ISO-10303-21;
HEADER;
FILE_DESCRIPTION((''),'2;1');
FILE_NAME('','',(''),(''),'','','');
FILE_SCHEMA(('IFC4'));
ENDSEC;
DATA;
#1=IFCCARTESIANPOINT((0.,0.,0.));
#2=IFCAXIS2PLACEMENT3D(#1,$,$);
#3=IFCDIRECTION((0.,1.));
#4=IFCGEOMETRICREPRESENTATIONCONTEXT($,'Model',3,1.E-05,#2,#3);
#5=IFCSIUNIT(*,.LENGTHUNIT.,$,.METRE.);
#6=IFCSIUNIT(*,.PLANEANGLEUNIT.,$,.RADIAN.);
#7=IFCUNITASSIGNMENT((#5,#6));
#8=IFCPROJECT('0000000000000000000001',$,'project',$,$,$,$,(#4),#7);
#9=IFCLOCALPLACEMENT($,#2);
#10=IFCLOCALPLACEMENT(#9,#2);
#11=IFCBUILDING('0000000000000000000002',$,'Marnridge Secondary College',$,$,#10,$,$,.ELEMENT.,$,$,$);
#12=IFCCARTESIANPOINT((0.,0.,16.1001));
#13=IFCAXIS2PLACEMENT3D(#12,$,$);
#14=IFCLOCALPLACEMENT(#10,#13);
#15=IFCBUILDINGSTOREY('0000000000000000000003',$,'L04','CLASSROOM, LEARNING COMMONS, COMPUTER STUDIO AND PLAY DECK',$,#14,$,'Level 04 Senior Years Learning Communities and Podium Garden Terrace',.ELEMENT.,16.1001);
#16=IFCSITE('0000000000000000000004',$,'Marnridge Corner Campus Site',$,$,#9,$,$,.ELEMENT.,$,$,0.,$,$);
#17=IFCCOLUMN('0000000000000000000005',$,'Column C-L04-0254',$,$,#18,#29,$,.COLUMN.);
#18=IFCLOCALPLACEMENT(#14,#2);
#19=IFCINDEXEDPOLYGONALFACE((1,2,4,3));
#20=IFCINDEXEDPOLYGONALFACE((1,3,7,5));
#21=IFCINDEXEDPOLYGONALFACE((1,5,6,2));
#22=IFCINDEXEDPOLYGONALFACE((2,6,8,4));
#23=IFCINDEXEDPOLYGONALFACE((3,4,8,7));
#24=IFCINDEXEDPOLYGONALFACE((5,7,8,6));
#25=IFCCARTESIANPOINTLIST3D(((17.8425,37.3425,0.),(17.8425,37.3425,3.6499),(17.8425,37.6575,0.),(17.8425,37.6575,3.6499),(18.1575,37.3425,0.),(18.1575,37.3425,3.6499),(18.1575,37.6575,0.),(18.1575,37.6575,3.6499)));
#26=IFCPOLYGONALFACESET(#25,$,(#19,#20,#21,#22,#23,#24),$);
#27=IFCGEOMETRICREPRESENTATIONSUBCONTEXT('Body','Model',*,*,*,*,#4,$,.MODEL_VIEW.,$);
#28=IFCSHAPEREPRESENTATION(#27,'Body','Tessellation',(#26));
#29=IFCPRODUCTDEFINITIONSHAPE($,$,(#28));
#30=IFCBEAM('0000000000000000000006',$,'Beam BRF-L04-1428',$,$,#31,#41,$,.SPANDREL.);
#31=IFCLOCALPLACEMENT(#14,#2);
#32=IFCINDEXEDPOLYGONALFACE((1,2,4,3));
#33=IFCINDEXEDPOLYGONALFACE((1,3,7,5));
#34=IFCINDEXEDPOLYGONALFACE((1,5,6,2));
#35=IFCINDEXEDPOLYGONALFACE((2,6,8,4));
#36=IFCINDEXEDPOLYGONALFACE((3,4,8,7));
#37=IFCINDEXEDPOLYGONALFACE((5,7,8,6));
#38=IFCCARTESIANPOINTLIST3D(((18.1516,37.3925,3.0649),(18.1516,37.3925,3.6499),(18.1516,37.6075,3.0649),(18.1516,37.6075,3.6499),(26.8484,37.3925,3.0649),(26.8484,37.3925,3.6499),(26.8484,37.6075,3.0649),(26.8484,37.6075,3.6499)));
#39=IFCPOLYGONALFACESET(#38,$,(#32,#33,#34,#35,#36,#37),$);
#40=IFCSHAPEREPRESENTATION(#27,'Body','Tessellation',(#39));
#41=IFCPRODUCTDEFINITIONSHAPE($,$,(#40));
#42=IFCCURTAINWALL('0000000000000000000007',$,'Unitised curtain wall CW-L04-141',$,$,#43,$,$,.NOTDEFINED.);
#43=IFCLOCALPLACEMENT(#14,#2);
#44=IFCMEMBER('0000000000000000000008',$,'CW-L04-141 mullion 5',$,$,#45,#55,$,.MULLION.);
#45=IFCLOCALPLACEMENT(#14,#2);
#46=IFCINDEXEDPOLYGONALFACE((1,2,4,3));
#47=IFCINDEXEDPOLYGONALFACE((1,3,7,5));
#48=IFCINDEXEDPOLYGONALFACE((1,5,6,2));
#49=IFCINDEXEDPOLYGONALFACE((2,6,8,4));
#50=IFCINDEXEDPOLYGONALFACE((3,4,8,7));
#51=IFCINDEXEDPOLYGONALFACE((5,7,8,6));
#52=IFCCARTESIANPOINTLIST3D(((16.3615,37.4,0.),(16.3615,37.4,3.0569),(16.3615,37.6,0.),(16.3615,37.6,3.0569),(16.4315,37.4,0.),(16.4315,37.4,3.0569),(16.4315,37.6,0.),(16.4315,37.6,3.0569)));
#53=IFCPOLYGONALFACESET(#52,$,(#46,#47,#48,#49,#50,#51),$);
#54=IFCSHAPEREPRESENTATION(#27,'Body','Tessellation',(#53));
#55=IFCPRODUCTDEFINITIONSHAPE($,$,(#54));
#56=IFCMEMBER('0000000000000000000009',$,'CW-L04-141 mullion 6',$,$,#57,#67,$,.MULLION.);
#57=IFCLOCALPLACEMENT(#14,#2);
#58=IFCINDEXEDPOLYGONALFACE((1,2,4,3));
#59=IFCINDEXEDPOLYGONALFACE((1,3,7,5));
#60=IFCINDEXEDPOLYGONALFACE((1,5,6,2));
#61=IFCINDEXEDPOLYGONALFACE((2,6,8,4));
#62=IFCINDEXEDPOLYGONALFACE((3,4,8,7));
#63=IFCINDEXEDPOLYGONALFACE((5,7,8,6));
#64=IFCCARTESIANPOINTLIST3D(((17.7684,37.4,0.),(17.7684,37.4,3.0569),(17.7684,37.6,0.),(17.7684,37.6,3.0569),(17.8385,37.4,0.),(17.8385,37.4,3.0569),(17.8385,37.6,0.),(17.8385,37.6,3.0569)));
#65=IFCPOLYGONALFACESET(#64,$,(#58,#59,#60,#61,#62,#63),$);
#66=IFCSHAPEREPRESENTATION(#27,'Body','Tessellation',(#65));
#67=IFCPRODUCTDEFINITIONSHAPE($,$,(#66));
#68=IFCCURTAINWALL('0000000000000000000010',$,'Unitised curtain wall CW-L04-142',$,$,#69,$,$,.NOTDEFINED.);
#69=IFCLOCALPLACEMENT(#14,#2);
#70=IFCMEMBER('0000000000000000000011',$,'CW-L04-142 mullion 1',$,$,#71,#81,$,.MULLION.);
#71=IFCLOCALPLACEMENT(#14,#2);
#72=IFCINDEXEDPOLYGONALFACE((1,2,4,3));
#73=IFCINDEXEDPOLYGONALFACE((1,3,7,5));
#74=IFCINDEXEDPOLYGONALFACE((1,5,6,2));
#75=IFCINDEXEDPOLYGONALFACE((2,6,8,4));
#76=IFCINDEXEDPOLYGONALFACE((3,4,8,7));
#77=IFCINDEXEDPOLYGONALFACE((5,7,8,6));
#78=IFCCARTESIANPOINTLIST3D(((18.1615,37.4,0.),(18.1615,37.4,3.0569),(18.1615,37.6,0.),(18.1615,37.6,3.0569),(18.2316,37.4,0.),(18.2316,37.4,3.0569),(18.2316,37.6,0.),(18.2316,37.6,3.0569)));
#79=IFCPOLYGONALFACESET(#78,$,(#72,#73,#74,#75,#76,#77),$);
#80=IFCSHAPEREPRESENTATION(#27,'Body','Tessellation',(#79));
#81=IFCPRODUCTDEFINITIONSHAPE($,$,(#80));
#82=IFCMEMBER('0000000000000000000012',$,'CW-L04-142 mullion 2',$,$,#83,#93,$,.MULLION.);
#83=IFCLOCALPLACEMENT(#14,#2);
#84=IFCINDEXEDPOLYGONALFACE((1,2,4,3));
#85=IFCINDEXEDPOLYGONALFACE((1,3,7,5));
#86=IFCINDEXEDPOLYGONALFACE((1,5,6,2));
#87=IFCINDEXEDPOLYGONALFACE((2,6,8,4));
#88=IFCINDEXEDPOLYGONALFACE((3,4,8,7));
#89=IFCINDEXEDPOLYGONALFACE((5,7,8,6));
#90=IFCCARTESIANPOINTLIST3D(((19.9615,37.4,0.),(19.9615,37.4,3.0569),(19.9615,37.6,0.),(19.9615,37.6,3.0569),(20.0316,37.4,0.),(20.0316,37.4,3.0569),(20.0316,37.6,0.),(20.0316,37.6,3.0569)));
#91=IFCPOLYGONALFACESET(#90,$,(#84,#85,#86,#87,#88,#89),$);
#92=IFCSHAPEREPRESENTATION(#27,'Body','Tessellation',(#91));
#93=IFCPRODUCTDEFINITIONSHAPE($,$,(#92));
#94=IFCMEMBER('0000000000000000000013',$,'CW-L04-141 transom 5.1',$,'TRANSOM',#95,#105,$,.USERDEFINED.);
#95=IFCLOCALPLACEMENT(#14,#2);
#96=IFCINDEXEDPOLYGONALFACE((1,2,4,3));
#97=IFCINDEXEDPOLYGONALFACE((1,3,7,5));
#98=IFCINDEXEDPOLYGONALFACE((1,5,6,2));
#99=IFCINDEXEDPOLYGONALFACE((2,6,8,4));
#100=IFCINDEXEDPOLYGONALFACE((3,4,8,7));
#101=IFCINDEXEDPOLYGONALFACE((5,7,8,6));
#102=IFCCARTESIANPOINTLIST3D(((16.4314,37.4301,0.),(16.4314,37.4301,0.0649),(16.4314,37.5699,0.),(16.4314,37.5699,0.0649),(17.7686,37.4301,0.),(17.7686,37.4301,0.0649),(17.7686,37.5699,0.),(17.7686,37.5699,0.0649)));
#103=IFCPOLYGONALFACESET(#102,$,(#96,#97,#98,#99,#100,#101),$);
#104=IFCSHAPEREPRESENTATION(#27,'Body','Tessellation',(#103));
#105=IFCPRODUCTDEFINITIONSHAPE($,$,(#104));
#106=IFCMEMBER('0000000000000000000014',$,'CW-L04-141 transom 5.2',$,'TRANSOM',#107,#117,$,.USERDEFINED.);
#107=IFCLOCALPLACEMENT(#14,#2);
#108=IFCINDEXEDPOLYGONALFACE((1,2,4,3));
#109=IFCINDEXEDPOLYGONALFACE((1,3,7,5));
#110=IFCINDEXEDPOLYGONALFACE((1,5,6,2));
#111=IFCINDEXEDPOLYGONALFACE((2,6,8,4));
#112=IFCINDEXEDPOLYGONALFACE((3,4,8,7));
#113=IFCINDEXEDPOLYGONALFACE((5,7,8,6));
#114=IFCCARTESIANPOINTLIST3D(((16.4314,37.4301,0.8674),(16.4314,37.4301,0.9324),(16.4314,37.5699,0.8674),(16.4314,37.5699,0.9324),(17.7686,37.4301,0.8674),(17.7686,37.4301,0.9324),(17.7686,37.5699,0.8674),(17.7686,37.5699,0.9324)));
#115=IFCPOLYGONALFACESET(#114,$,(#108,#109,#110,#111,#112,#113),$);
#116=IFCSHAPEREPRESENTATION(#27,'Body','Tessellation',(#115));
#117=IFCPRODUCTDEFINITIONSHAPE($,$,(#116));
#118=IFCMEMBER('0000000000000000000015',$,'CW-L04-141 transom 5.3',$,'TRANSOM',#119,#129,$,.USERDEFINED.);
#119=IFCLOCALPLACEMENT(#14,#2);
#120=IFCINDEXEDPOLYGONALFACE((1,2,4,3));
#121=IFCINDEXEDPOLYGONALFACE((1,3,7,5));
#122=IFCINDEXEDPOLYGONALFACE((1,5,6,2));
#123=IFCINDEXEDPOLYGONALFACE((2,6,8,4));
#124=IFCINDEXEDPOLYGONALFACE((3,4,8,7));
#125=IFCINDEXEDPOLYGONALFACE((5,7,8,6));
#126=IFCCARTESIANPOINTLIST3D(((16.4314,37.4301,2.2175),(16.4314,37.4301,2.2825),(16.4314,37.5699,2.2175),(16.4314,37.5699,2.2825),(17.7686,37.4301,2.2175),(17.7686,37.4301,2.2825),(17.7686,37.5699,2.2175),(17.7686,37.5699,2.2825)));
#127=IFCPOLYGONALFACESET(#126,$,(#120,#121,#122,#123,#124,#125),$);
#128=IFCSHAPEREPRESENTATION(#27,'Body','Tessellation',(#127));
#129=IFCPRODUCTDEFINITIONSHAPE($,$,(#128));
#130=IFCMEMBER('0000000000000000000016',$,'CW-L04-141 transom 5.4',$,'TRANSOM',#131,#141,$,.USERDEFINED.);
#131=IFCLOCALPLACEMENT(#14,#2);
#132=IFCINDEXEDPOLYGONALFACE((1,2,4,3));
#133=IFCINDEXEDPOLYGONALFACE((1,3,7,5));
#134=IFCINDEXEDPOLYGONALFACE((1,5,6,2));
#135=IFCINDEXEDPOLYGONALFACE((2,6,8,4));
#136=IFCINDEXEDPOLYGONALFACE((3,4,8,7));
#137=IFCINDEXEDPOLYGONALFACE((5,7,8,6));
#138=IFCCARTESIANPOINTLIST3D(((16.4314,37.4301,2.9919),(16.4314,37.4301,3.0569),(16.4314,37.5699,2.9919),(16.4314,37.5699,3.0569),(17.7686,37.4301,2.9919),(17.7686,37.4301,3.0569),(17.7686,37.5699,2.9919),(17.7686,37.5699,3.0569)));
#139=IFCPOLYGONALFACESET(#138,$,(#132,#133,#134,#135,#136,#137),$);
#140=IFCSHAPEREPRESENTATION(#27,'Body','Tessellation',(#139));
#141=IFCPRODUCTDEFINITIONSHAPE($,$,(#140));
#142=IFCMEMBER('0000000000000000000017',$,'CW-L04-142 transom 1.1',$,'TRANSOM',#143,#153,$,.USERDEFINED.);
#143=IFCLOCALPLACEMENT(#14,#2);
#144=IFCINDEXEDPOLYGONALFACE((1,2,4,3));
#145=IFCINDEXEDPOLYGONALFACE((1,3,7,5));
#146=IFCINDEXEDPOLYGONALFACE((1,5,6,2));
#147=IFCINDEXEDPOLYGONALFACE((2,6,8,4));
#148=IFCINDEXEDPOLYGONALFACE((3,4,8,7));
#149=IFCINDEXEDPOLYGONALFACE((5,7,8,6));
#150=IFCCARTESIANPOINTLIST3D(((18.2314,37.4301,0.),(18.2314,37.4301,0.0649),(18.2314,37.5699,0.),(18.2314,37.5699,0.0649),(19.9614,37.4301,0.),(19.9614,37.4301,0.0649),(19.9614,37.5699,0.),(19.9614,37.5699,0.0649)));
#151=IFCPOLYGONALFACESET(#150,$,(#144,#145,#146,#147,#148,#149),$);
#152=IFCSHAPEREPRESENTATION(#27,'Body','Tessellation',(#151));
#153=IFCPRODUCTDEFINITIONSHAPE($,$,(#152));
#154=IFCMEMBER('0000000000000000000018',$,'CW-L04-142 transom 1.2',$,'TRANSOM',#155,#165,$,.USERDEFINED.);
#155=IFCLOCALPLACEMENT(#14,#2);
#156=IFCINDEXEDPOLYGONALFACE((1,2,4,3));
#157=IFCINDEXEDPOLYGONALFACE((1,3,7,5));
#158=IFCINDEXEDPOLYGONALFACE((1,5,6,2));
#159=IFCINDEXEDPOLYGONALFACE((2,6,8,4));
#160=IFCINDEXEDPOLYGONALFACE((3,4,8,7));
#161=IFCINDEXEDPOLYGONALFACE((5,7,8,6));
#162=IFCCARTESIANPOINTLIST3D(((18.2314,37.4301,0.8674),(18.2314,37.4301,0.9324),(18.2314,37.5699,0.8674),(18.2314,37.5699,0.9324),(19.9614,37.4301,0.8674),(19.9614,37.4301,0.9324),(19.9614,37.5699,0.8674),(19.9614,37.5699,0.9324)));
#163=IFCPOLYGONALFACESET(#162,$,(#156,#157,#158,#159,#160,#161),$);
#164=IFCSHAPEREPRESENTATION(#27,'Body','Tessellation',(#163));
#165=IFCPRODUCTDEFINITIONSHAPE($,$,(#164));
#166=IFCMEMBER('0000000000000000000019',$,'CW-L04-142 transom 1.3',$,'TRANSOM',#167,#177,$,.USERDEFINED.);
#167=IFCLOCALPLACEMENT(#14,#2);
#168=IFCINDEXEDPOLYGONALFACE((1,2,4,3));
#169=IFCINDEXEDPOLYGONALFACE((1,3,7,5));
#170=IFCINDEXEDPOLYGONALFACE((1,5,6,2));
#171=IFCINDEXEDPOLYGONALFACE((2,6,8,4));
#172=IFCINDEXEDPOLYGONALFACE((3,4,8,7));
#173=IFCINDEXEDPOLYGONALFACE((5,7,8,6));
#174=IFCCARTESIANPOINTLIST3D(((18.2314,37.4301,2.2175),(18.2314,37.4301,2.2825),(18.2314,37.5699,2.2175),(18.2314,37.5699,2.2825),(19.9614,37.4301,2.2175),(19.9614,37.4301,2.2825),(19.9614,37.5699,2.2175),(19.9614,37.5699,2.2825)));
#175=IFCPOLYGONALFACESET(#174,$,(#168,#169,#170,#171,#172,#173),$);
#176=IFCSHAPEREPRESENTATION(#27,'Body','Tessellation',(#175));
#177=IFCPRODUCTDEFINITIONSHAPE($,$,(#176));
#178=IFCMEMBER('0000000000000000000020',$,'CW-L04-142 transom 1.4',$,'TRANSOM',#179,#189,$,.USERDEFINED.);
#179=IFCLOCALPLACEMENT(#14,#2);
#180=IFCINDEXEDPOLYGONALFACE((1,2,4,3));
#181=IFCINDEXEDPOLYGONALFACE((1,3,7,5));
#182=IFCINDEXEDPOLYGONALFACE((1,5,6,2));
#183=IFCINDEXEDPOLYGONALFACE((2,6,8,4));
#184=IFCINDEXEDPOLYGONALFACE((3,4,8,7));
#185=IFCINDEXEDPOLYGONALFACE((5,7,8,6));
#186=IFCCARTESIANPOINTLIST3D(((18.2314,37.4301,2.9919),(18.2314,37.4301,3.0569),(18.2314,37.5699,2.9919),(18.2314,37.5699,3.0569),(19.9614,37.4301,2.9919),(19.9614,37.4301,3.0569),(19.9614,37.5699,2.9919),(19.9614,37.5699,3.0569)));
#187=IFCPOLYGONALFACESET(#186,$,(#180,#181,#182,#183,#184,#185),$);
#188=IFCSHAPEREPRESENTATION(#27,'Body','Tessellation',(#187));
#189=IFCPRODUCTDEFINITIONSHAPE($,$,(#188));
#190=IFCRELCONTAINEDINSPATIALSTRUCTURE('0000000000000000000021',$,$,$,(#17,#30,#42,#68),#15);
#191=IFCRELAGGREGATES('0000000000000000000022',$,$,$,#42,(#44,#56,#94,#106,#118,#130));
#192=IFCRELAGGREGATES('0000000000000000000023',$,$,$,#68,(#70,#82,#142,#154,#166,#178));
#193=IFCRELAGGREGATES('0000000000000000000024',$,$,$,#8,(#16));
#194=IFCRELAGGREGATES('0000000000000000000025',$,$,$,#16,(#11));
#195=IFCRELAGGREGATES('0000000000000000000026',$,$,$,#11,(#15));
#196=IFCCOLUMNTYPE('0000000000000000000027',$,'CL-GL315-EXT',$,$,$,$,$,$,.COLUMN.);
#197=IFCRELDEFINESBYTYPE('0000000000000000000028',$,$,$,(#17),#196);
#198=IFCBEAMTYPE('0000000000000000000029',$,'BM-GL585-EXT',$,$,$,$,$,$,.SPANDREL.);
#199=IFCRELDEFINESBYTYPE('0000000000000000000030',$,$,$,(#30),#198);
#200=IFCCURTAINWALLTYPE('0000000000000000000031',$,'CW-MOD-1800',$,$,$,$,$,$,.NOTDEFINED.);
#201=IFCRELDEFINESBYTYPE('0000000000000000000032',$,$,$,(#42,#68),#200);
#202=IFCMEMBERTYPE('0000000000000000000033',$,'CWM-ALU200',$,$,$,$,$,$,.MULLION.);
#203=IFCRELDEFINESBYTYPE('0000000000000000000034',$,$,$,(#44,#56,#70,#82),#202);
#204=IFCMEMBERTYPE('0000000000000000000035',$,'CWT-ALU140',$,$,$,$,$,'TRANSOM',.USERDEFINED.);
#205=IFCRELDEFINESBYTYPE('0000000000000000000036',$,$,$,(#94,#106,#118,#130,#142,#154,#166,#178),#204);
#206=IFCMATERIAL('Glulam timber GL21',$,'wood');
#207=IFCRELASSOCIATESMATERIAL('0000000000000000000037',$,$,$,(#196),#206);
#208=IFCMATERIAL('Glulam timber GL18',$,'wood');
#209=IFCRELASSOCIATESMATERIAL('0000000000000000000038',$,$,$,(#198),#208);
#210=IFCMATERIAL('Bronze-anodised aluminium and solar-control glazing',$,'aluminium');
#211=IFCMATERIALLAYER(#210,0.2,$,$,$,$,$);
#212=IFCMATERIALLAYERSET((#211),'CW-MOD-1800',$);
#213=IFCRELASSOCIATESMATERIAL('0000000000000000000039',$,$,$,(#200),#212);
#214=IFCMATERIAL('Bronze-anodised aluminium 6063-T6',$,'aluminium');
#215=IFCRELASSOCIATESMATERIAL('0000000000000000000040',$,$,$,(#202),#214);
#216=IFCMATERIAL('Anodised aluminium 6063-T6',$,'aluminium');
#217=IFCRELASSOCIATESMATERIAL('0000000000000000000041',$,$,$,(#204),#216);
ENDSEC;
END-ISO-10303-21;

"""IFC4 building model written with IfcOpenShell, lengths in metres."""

from ifc_helpers import new_model, si_unit, direction, frame, origin, origin_2d, place, context, subcontext, project, spatial, rectangle, extrude, material, layer, layer_set, material_profile, profile_set, type_object, element, aggregate, save


model = new_model("IFC4")

# Units and contexts
model_context = context("Model", 3, precision=1e-05, world=origin(), true_north=direction((0.0, 1.0)))
body_context = subcontext(model_context, "Body", "Model", "MODEL_VIEW")
ifc_project = project(units=[si_unit("LENGTHUNIT", "METRE"), si_unit("PLANEANGLEUNIT", "RADIAN")], contexts=[model_context])

# Site, building, storey
site_placement = place(None, origin())
site = spatial("IfcSite", under=ifc_project, at=site_placement, Name="Marnridge Corner Campus Site", CompositionType="ELEMENT", RefElevation=0.0)
building_placement = place(site_placement, origin())
building = spatial("IfcBuilding", under=site, at=building_placement, Name="Marnridge Secondary College", CompositionType="ELEMENT")
storey_placement = place(building_placement, frame((0.0, 0.0, 16.1001)))
storey = spatial("IfcBuildingStorey", under=building, at=storey_placement, Name="L04", Description="CLASSROOM, LEARNING COMMONS, COMPUTER STUDIO AND PLAY DECK", LongName="Level 04 Senior Years Learning Communities and Podium Garden Terrace", CompositionType="ELEMENT", Elevation=16.1001)

# Column
ifc_material_1 = material(Name="Glulam timber GL21", Category="wood")
ifc_material_profile_1 = material_profile(ifc_material_1, rectangle(XDim=0.3149, YDim=0.3149, at=origin_2d()), Name="GL21 315x315")
ifc_profile_set_1 = profile_set([ifc_material_profile_1], Name="Glulam timber GL21")
column_type = type_object("IfcColumnType", Name="CL-GL315-EXT", PredefinedType="COLUMN", material=ifc_profile_set_1)
column_placement = place(storey_placement, frame((18.0, 37.5, 0.0), z_axis=(0.0, 0.0, 1.0), x_axis=(1.0, 0.0, 0.0)))
element("IfcColumn", 1, at=column_placement, inside=storey, type_object=column_type, Name="Column C-L04-0254", PredefinedType="COLUMN", context=body_context, shape_type="SweptSolid", body=[
    extrude(rectangle(XDim=0.3149, YDim=0.3149, at=origin_2d()), origin(), (0.0, 0.0, 1.0), 3.6499),
])

# Beam
ifc_material_2 = material(Name="Glulam timber GL18", Category="wood")
ifc_material_profile_2 = material_profile(ifc_material_2, rectangle(XDim=0.2151, YDim=0.585, at=origin_2d()), Name="GL18 215x585")
ifc_profile_set_2 = profile_set([ifc_material_profile_2], Name="Glulam timber GL18")
beam_type = type_object("IfcBeamType", Name="BM-GL585-EXT", PredefinedType="SPANDREL", material=ifc_profile_set_2)
beam_placement = place(storey_placement, frame((18.1516, 37.5, 3.3574), z_axis=(1.0, 0.0, 0.0), x_axis=(0.0, 1.0, 0.0)))
element("IfcBeam", 2, at=beam_placement, inside=storey, type_object=beam_type, Name="Beam BRF-L04-1428", PredefinedType="SPANDREL", context=body_context, shape_type="SweptSolid", body=[
    extrude(rectangle(XDim=0.2151, YDim=0.585, at=origin_2d()), origin(), (0.0, 0.0, 1.0), 8.6968),
])

# Curtain walls, members
ifc_material_3 = material(Name="Bronze-anodised aluminium and solar-control glazing", Category="aluminium")
ifc_layer_1 = layer(ifc_material_3, 0.2)
ifc_layer_set_1 = layer_set([ifc_layer_1], Name="CW-MOD-1800")
curtain_wall_type = type_object("IfcCurtainWallType", Name="CW-MOD-1800", PredefinedType="NOTDEFINED", material=ifc_layer_set_1)
curtain_wall_1_placement = place(storey_placement, origin())
curtain_wall_1 = element("IfcCurtainWall", 3, at=curtain_wall_1_placement, inside=storey, type_object=curtain_wall_type, Name="Unitised curtain wall CW-L04-141", PredefinedType="NOTDEFINED")
ifc_material_4 = material(Name="Bronze-anodised aluminium 6063-T6", Category="aluminium")
ifc_material_profile_3 = material_profile(ifc_material_4, rectangle(XDim=0.0701, YDim=0.2, at=origin_2d()), Name="ALU 70x200")
ifc_profile_set_3 = profile_set([ifc_material_profile_3], Name="Bronze-anodised aluminium 6063-T6")
member_type_1 = type_object("IfcMemberType", Name="CWM-ALU200", PredefinedType="MULLION", material=ifc_profile_set_3)
member_1_placement = place(storey_placement, frame((16.3965, 37.5, 0.0), z_axis=(0.0, 0.0, 1.0), x_axis=(1.0, 0.0, 0.0)))
member_1 = element("IfcMember", 4, at=member_1_placement, type_object=member_type_1, Name="CW-L04-141 mullion 5", PredefinedType="MULLION", context=body_context, shape_type="SweptSolid", body=[
    extrude(rectangle(XDim=0.0701, YDim=0.2, at=origin_2d()), origin(), (0.0, 0.0, 1.0), 3.0569),
])
member_2_placement = place(storey_placement, frame((17.8035, 37.5, 0.0), z_axis=(0.0, 0.0, 1.0), x_axis=(1.0, 0.0, 0.0)))
member_2 = element("IfcMember", 5, at=member_2_placement, type_object=member_type_1, Name="CW-L04-141 mullion 6", PredefinedType="MULLION", context=body_context, shape_type="SweptSolid", body=[
    extrude(rectangle(XDim=0.0701, YDim=0.2, at=origin_2d()), origin(), (0.0, 0.0, 1.0), 3.0569),
])
curtain_wall_2_placement = place(storey_placement, origin())
curtain_wall_2 = element("IfcCurtainWall", 6, at=curtain_wall_2_placement, inside=storey, type_object=curtain_wall_type, Name="Unitised curtain wall CW-L04-142", PredefinedType="NOTDEFINED")
member_3_placement = place(storey_placement, frame((18.1965, 37.5, 0.0), z_axis=(0.0, 0.0, 1.0), x_axis=(1.0, 0.0, 0.0)))
member_3 = element("IfcMember", 7, at=member_3_placement, type_object=member_type_1, Name="CW-L04-142 mullion 1", PredefinedType="MULLION", context=body_context, shape_type="SweptSolid", body=[
    extrude(rectangle(XDim=0.0701, YDim=0.2, at=origin_2d()), origin(), (0.0, 0.0, 1.0), 3.0569),
])
member_4_placement = place(storey_placement, frame((19.9966, 37.5, 0.0), z_axis=(0.0, 0.0, 1.0), x_axis=(1.0, 0.0, 0.0)))
member_4 = element("IfcMember", 8, at=member_4_placement, type_object=member_type_1, Name="CW-L04-142 mullion 2", PredefinedType="MULLION", context=body_context, shape_type="SweptSolid", body=[
    extrude(rectangle(XDim=0.0701, YDim=0.2, at=origin_2d()), origin(), (0.0, 0.0, 1.0), 3.0569),
])

# Members
ifc_material_5 = material(Name="Anodised aluminium 6063-T6", Category="aluminium")
ifc_material_profile_4 = material_profile(ifc_material_5, rectangle(XDim=0.0649, YDim=0.1399, at=origin_2d()), Name="ALU 65x140")
ifc_profile_set_4 = profile_set([ifc_material_profile_4], Name="Anodised aluminium 6063-T6")
member_type_2 = type_object("IfcMemberType", Name="CWT-ALU140", ElementType="TRANSOM", PredefinedType="USERDEFINED", material=ifc_profile_set_4)
member_5_placement = place(storey_placement, frame((16.4314, 37.5, 0.0325), z_axis=(1.0, 0.0, 0.0), x_axis=(0.0, 0.0, 1.0)))
member_5 = element("IfcMember", 9, at=member_5_placement, type_object=member_type_2, Name="CW-L04-141 transom 5.1", ObjectType="TRANSOM", PredefinedType="USERDEFINED", context=body_context, shape_type="SweptSolid", body=[
    extrude(rectangle(XDim=0.0649, YDim=0.1399, at=origin_2d()), origin(), (0.0, 0.0, 1.0), 1.3372),
])
member_6_placement = place(storey_placement, frame((16.4314, 37.5, 0.8999), z_axis=(1.0, 0.0, 0.0), x_axis=(0.0, 0.0, 1.0)))
member_6 = element("IfcMember", 10, at=member_6_placement, type_object=member_type_2, Name="CW-L04-141 transom 5.2", ObjectType="TRANSOM", PredefinedType="USERDEFINED", context=body_context, shape_type="SweptSolid", body=[
    extrude(rectangle(XDim=0.0649, YDim=0.1399, at=origin_2d()), origin(), (0.0, 0.0, 1.0), 1.3372),
])
member_7_placement = place(storey_placement, frame((16.4314, 37.5, 2.25), z_axis=(1.0, 0.0, 0.0), x_axis=(0.0, 0.0, 1.0)))
member_7 = element("IfcMember", 11, at=member_7_placement, type_object=member_type_2, Name="CW-L04-141 transom 5.3", ObjectType="TRANSOM", PredefinedType="USERDEFINED", context=body_context, shape_type="SweptSolid", body=[
    extrude(rectangle(XDim=0.0649, YDim=0.1399, at=origin_2d()), origin(), (0.0, 0.0, 1.0), 1.3372),
])
member_8_placement = place(storey_placement, frame((16.4314, 37.5, 3.0244), z_axis=(1.0, 0.0, 0.0), x_axis=(0.0, 0.0, 1.0)))
member_8 = element("IfcMember", 12, at=member_8_placement, type_object=member_type_2, Name="CW-L04-141 transom 5.4", ObjectType="TRANSOM", PredefinedType="USERDEFINED", context=body_context, shape_type="SweptSolid", body=[
    extrude(rectangle(XDim=0.0649, YDim=0.1399, at=origin_2d()), origin(), (0.0, 0.0, 1.0), 1.3372),
])
member_9_placement = place(storey_placement, frame((18.2314, 37.5, 0.0325), z_axis=(1.0, 0.0, 0.0), x_axis=(0.0, 0.0, 1.0)))
member_9 = element("IfcMember", 13, at=member_9_placement, type_object=member_type_2, Name="CW-L04-142 transom 1.1", ObjectType="TRANSOM", PredefinedType="USERDEFINED", context=body_context, shape_type="SweptSolid", body=[
    extrude(rectangle(XDim=0.0649, YDim=0.1399, at=origin_2d()), origin(), (0.0, 0.0, 1.0), 1.73),
])
member_10_placement = place(storey_placement, frame((18.2314, 37.5, 0.8999), z_axis=(1.0, 0.0, 0.0), x_axis=(0.0, 0.0, 1.0)))
member_10 = element("IfcMember", 14, at=member_10_placement, type_object=member_type_2, Name="CW-L04-142 transom 1.2", ObjectType="TRANSOM", PredefinedType="USERDEFINED", context=body_context, shape_type="SweptSolid", body=[
    extrude(rectangle(XDim=0.0649, YDim=0.1399, at=origin_2d()), origin(), (0.0, 0.0, 1.0), 1.73),
])
member_11_placement = place(storey_placement, frame((18.2314, 37.5, 2.25), z_axis=(1.0, 0.0, 0.0), x_axis=(0.0, 0.0, 1.0)))
member_11 = element("IfcMember", 15, at=member_11_placement, type_object=member_type_2, Name="CW-L04-142 transom 1.3", ObjectType="TRANSOM", PredefinedType="USERDEFINED", context=body_context, shape_type="SweptSolid", body=[
    extrude(rectangle(XDim=0.0649, YDim=0.1399, at=origin_2d()), origin(), (0.0, 0.0, 1.0), 1.73),
])
member_12_placement = place(storey_placement, frame((18.2314, 37.5, 3.0244), z_axis=(1.0, 0.0, 0.0), x_axis=(0.0, 0.0, 1.0)))
member_12 = element("IfcMember", 16, at=member_12_placement, type_object=member_type_2, Name="CW-L04-142 transom 1.4", ObjectType="TRANSOM", PredefinedType="USERDEFINED", context=body_context, shape_type="SweptSolid", body=[
    extrude(rectangle(XDim=0.0649, YDim=0.1399, at=origin_2d()), origin(), (0.0, 0.0, 1.0), 1.73),
])

aggregate(curtain_wall_1, [member_1, member_2, member_5, member_6, member_7, member_8])
aggregate(curtain_wall_2, [member_3, member_4, member_9, member_10, member_11, member_12])

save(model, "model.ifc")
